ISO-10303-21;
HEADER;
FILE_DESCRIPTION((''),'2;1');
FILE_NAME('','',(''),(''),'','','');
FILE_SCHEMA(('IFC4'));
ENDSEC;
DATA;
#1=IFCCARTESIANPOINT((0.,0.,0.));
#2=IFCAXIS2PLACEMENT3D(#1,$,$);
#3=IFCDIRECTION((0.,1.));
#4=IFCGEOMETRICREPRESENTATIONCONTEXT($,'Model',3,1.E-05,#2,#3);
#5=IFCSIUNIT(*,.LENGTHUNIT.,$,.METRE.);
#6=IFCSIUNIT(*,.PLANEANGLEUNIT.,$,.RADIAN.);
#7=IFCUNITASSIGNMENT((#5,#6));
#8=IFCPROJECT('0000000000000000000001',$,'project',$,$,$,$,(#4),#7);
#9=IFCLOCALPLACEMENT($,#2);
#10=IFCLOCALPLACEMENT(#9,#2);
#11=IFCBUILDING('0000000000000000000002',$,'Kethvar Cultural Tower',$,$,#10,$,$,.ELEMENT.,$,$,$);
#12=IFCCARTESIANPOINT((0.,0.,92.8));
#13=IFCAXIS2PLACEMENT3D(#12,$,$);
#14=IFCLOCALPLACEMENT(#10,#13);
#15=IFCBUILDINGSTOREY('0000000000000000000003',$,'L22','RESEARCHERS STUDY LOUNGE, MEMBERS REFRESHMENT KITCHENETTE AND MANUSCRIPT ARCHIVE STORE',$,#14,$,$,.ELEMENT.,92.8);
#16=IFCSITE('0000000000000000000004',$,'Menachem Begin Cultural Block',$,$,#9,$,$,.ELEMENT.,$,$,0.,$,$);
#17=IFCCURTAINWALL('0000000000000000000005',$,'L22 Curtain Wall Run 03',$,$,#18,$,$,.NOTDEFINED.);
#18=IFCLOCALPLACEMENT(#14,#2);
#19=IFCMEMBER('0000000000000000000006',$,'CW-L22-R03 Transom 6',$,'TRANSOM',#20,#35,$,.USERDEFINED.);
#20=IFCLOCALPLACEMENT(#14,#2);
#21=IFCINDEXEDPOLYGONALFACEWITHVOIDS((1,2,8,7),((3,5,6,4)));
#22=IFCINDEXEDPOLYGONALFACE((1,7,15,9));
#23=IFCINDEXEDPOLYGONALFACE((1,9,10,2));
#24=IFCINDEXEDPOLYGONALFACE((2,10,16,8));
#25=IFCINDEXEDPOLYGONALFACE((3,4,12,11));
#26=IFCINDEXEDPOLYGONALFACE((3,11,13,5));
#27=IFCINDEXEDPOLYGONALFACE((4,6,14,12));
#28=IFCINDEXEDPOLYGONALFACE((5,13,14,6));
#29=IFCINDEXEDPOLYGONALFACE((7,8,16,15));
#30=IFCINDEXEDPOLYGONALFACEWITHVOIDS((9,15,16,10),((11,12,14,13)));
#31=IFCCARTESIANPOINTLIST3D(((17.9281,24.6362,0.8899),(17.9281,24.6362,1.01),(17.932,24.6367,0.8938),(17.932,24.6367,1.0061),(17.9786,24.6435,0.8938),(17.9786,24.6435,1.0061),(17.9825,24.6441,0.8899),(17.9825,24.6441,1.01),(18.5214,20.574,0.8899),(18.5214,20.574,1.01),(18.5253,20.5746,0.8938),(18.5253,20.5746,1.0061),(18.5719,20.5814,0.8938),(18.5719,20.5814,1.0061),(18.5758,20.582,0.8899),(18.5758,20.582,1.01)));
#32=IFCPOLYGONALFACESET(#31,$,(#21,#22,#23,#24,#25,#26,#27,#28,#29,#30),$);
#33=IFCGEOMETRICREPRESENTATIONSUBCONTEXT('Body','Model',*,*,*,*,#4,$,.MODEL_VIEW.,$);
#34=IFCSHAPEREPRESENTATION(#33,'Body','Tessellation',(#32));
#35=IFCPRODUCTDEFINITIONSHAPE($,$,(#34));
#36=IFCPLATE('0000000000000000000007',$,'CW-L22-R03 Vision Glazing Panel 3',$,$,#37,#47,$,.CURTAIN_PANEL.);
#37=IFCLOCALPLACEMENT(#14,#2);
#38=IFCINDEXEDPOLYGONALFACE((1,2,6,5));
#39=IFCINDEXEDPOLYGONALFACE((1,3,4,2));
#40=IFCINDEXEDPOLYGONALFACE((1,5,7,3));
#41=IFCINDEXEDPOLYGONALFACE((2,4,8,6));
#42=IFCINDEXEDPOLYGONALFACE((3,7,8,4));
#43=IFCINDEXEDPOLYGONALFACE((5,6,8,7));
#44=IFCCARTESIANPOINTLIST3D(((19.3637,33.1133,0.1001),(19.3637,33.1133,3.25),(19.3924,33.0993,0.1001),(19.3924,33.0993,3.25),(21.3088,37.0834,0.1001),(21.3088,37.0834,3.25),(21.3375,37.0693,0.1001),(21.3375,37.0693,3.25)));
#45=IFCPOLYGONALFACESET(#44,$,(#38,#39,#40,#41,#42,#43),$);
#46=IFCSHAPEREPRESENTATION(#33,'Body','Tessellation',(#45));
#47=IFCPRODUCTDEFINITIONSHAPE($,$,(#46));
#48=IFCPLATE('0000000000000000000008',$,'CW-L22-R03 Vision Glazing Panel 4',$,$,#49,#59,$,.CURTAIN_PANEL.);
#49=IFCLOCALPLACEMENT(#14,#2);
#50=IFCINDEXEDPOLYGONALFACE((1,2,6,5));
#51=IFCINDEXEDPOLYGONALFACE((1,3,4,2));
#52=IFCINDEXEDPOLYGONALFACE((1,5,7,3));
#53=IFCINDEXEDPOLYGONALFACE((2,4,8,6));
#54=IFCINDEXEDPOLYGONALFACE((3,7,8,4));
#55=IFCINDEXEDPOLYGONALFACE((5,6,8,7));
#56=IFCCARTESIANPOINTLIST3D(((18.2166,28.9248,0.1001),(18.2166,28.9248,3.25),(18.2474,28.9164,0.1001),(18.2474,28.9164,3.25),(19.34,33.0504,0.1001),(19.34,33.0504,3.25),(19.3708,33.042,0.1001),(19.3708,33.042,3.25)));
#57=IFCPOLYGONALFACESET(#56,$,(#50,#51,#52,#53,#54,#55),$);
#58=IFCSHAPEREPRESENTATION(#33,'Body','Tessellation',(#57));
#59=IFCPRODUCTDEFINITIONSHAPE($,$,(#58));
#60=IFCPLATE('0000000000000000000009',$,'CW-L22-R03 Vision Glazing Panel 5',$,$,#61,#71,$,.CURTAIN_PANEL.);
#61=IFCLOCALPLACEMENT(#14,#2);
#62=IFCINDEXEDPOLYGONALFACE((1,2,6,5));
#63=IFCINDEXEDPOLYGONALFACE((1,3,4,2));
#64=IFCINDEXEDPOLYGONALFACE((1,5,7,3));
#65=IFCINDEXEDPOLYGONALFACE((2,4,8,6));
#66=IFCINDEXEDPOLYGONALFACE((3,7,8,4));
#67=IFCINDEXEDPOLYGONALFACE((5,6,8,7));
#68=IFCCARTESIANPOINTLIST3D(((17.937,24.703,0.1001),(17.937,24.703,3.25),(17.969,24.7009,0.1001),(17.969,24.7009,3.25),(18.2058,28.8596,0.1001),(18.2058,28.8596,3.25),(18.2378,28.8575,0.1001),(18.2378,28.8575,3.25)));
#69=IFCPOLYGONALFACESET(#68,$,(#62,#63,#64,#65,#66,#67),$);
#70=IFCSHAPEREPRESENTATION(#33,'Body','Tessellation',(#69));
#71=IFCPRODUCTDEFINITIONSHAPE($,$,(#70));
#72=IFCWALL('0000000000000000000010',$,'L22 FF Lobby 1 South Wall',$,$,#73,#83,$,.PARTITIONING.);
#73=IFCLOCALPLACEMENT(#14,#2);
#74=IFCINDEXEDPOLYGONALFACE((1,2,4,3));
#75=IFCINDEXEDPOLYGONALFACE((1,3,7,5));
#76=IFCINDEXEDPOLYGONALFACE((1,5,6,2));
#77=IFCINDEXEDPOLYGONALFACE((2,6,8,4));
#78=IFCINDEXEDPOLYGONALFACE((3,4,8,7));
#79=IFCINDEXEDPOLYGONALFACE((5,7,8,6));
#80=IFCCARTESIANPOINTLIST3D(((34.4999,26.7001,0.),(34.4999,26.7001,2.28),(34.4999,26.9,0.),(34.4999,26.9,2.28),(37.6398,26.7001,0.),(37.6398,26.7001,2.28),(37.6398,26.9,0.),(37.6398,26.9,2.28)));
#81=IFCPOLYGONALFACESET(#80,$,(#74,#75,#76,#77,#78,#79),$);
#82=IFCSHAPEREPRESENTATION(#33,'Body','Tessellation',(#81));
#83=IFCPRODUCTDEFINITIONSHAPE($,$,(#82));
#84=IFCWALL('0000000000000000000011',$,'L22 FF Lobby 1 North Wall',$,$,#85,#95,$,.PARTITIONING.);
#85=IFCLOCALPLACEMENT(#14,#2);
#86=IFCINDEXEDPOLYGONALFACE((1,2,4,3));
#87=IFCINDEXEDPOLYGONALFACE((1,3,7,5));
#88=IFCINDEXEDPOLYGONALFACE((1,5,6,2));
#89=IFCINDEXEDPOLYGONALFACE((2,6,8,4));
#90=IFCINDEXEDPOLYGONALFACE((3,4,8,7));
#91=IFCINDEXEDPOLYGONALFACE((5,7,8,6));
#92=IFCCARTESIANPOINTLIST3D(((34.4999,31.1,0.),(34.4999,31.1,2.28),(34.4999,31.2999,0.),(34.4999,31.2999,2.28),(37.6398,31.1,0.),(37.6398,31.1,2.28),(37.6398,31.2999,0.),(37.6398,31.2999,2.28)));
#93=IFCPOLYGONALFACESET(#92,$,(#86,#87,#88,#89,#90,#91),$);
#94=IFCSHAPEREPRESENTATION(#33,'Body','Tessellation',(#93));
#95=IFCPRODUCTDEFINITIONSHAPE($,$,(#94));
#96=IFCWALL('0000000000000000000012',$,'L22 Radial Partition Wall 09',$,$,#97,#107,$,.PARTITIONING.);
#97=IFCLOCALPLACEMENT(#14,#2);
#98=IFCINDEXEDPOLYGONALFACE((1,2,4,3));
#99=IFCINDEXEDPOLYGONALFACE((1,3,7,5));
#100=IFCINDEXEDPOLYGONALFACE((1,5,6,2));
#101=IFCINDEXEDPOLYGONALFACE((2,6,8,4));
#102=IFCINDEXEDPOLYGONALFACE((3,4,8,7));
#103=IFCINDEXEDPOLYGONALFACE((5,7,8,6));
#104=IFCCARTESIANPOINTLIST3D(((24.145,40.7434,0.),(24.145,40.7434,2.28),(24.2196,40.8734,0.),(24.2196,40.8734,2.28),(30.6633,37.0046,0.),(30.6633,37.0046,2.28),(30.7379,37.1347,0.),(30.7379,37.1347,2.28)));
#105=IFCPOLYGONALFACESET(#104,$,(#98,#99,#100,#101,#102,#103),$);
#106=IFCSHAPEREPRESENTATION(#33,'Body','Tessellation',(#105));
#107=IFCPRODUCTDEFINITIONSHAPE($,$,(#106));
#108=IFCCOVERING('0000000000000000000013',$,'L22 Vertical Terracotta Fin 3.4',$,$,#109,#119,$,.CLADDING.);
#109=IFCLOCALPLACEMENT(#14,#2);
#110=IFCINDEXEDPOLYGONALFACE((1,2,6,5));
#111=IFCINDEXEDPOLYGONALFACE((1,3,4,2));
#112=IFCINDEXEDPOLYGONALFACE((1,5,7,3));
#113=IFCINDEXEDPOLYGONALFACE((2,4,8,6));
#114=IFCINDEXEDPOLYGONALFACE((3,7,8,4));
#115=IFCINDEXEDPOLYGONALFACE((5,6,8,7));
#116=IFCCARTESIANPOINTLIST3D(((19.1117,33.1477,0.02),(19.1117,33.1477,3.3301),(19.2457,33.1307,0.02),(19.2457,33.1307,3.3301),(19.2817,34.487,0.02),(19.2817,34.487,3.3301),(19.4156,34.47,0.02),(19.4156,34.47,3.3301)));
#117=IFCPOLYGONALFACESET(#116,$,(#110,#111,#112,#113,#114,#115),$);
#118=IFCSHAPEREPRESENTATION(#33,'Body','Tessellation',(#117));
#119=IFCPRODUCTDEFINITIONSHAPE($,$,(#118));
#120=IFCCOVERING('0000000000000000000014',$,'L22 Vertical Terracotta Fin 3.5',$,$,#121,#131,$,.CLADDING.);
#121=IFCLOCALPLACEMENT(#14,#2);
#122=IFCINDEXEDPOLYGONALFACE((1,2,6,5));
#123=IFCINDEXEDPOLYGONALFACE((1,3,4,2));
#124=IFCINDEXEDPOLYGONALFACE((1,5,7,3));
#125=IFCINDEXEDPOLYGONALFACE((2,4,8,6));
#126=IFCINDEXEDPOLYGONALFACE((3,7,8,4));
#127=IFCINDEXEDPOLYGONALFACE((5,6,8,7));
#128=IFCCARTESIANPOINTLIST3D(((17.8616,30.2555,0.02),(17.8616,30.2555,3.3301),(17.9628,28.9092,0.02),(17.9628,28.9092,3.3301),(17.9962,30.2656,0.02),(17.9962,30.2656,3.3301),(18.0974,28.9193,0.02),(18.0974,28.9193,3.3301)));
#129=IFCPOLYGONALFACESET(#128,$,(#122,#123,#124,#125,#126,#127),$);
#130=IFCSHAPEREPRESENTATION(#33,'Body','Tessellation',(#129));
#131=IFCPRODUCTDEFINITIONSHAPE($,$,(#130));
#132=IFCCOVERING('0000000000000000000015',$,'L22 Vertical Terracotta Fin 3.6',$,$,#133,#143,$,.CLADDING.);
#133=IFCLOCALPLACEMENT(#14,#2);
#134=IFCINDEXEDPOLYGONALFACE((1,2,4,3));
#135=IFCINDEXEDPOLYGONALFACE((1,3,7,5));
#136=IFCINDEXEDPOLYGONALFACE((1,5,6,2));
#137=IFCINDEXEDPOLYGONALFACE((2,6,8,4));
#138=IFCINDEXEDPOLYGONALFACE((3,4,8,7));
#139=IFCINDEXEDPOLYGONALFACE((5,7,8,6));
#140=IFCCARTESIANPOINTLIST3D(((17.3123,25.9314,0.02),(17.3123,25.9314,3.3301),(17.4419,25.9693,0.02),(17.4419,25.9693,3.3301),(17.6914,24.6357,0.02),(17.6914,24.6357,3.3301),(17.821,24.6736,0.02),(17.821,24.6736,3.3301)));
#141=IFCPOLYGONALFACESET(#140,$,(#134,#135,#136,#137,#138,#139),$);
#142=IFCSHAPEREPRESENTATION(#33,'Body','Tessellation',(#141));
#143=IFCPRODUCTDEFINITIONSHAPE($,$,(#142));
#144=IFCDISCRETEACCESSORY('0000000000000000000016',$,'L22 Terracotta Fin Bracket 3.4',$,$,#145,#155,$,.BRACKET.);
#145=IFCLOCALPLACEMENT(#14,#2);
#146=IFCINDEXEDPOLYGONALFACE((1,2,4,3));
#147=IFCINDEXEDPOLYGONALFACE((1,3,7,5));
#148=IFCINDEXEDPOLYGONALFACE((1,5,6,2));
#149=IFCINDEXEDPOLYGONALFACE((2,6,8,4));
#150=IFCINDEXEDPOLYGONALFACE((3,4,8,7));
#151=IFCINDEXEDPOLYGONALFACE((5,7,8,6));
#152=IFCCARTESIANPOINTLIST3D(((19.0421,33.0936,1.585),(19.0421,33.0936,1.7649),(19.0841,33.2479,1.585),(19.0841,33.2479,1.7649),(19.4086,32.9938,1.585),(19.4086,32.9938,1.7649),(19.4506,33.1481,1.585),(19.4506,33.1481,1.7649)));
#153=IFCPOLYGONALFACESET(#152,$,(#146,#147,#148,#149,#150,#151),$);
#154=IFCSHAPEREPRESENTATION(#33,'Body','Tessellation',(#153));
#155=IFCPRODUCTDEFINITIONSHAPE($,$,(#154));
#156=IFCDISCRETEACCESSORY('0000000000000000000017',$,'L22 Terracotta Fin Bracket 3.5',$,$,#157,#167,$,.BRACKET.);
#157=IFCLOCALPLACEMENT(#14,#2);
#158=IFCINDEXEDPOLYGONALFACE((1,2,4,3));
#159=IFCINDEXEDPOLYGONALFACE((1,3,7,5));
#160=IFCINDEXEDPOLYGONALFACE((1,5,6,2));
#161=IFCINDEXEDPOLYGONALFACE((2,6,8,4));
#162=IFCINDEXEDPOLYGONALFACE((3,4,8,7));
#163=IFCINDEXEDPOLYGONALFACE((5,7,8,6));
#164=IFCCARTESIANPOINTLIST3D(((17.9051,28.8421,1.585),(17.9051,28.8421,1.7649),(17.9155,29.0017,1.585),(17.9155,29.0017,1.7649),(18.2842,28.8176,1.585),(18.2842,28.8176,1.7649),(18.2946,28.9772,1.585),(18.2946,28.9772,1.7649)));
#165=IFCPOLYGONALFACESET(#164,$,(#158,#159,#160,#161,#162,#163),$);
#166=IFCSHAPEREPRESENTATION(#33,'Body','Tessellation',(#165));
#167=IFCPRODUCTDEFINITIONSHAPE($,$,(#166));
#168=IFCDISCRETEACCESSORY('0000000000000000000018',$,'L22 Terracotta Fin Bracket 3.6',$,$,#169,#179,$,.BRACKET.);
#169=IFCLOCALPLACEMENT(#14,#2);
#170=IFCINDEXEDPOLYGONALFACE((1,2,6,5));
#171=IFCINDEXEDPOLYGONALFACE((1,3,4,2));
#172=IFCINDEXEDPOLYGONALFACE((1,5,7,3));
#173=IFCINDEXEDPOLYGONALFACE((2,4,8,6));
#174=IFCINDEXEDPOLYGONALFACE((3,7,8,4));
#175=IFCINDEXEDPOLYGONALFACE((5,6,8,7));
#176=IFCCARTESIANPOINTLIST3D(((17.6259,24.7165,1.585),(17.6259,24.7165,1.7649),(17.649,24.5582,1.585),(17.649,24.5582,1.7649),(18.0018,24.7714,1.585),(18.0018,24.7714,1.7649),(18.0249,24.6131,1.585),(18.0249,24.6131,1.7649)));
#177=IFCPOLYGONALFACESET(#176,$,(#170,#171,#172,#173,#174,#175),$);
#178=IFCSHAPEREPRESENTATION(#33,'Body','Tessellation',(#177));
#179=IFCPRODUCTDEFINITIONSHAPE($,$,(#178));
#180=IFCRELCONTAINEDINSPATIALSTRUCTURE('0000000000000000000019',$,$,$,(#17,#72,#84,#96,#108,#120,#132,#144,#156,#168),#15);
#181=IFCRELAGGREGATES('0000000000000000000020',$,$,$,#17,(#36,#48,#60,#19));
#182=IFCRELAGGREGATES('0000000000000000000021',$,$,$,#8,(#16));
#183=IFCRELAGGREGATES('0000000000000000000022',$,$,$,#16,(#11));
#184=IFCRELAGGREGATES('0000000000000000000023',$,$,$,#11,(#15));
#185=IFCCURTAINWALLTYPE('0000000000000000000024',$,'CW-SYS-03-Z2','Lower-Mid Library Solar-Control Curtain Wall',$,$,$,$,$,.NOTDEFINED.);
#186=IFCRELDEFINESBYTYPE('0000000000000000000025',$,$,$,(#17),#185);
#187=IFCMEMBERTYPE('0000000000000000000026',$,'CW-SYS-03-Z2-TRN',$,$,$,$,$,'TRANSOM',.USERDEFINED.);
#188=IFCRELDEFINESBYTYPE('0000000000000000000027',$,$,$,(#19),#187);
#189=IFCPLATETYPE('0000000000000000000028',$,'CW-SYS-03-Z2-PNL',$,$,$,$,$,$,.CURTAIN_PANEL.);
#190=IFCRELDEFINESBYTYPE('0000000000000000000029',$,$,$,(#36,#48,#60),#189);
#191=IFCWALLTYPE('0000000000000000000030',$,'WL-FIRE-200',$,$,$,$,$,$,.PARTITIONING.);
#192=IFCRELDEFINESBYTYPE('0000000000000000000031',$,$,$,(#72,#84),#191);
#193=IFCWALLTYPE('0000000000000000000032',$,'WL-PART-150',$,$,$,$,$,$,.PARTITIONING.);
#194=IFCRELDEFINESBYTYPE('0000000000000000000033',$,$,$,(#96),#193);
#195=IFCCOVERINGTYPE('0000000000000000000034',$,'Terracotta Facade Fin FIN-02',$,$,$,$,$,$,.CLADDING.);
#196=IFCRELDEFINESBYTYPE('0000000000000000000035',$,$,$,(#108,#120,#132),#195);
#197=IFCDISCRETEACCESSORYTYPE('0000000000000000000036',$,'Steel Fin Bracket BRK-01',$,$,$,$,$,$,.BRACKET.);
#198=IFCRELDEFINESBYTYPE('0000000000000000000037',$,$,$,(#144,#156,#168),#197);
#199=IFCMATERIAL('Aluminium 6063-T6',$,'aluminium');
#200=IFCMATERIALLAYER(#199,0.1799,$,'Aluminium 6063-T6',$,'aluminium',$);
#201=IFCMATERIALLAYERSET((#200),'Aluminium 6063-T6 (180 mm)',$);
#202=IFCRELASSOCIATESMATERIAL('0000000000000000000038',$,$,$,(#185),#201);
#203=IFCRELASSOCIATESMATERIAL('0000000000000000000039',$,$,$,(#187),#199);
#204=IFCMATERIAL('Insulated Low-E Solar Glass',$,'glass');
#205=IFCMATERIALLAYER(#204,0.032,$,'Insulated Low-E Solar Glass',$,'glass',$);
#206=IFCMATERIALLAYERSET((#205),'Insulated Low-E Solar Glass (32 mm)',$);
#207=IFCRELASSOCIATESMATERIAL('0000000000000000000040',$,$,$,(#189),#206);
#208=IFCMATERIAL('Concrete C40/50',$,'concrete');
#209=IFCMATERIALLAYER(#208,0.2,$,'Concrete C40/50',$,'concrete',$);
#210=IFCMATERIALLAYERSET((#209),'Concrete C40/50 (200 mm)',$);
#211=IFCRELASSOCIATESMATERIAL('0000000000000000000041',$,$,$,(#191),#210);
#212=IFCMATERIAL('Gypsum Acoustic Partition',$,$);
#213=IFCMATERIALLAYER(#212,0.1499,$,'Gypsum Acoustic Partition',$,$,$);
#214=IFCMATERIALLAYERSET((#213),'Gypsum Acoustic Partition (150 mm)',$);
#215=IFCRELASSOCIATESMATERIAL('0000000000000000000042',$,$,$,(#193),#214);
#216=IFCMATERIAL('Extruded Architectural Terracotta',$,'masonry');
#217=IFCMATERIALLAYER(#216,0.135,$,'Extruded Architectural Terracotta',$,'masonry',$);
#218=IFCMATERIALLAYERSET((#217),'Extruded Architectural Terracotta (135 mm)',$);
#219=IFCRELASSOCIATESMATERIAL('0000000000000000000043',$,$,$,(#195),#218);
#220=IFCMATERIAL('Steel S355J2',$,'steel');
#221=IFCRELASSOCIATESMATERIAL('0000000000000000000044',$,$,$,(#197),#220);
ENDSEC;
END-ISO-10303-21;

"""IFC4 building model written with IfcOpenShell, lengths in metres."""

from ifc_helpers import new_model, si_unit, direction, frame, frame_2d, origin, origin_2d, place, context, subcontext, project, spatial, rectangle, hollow_rectangle, extrude, source, transform, mapped, material, layer, layer_set, material_profile, profile_set, type_object, element, aggregate, save


model = new_model("IFC4")

# Units and contexts
model_context = context("Model", 3, precision=1e-05, world=origin(), true_north=direction((0.0, 1.0)))
body_context = subcontext(model_context, "Body", "Model", "MODEL_VIEW")
ifc_project = project(units=[si_unit("LENGTHUNIT", "METRE"), si_unit("PLANEANGLEUNIT", "RADIAN")], contexts=[model_context])

# Site, building, storey
site_placement = place(None, origin())
site = spatial("IfcSite", under=ifc_project, at=site_placement, Name="Menachem Begin Cultural Block", CompositionType="ELEMENT", RefElevation=0.0)
building_placement = place(site_placement, origin())
building = spatial("IfcBuilding", under=site, at=building_placement, Name="Kethvar Cultural Tower", CompositionType="ELEMENT")
storey_placement = place(building_placement, frame((0.0, 0.0, 92.8)))
storey = spatial("IfcBuildingStorey", under=building, at=storey_placement, Name="L22", Description="RESEARCHERS STUDY LOUNGE, MEMBERS REFRESHMENT KITCHENETTE AND MANUSCRIPT ARCHIVE STORE", CompositionType="ELEMENT", Elevation=92.8)

# Shared definitions
ifc_material_1 = material(Name="Steel S355J2", Category="steel")

# Curtain wall, member, plates
ifc_material_2 = material(Name="Aluminium 6063-T6", Category="aluminium")
ifc_layer_1 = layer(ifc_material_2, 0.1799, Name="Aluminium 6063-T6", Category="aluminium")
ifc_layer_set_1 = layer_set([ifc_layer_1], Name="Aluminium 6063-T6 (180 mm)")
curtain_wall_type = type_object("IfcCurtainWallType", Name="CW-SYS-03-Z2", Description="Lower-Mid Library Solar-Control Curtain Wall", PredefinedType="NOTDEFINED", material=ifc_layer_set_1)
curtain_wall_placement = place(storey_placement, origin())
curtain_wall = element("IfcCurtainWall", 1, at=curtain_wall_placement, inside=storey, type_object=curtain_wall_type, Name="L22 Curtain Wall Run 03", PredefinedType="NOTDEFINED")
ifc_material_profile_1 = material_profile(ifc_material_2, hollow_rectangle(XDim=0.0549, YDim=0.1201, WallThickness=0.0039, at=origin_2d()), Name="Aluminium 6063-T6 — RHS120x55x4")
ifc_profile_set_1 = profile_set([ifc_material_profile_1], Name="Aluminium 6063-T6 — RHS120x55x4")
member_type_1 = type_object("IfcMemberType", Name="CW-SYS-03-Z2-TRN", ElementType="TRANSOM", PredefinedType="USERDEFINED", material=ifc_profile_set_1)
shared_shape_1 = source(origin(), body_context, "Body", "SweptSolid", [
    extrude(hollow_rectangle(XDim=0.0549, YDim=0.1201, WallThickness=0.0039, at=origin_2d()), origin(), (0.0, 0.0, 1.0), 4.1052),
])
member_1_placement = place(storey_placement, frame((17.9553, 24.6401, 0.95), z_axis=(0.144518, -0.989502, 0.0), x_axis=(0.989502, 0.144518, 0.0)))
member_1 = element("IfcMember", 2, at=member_1_placement, type_object=member_type_1, Name="CW-L22-R03 Transom 6", ObjectType="TRANSOM", PredefinedType="USERDEFINED", context=body_context, shape_type="MappedRepresentation", body=[
    mapped(shared_shape_1, transform((0.0, 0.0, 0.0), scale=1.0)),
])
ifc_material_3 = material(Name="Insulated Low-E Solar Glass", Category="glass")
ifc_layer_2 = layer(ifc_material_3, 0.032, Name="Insulated Low-E Solar Glass", Category="glass")
ifc_layer_set_2 = layer_set([ifc_layer_2], Name="Insulated Low-E Solar Glass (32 mm)")
plate_type = type_object("IfcPlateType", Name="CW-SYS-03-Z2-PNL", PredefinedType="CURTAIN_PANEL", material=ifc_layer_set_2)
shared_shape_2 = source(origin(), body_context, "Body", "SweptSolid", [
    extrude(rectangle(XDim=4.4209, YDim=0.032, at=origin_2d()), origin(), (0.0, 0.0, 1.0), 3.1499),
])
plate_1_placement = place(storey_placement, frame((20.3506, 35.0913, 0.1001), z_axis=(0.0, 0.0, 1.0), x_axis=(-0.439971, -0.898012, 0.0)))
plate_1 = element("IfcPlate", 3, at=plate_1_placement, type_object=plate_type, Name="CW-L22-R03 Vision Glazing Panel 3", PredefinedType="CURTAIN_PANEL", context=body_context, shape_type="MappedRepresentation", body=[
    mapped(shared_shape_2, transform((0.0, 0.0, 0.0), scale=1.0)),
])
shared_shape_3 = source(origin(), body_context, "Body", "SweptSolid", [
    extrude(rectangle(XDim=4.2759, YDim=0.032, at=origin_2d()), origin(), (0.0, 0.0, 1.0), 3.1499),
])
plate_2_placement = place(storey_placement, frame((18.7937, 30.9834, 0.1001), z_axis=(0.0, 0.0, 1.0), x_axis=(-0.262728, -0.96487, 0.0)))
plate_2 = element("IfcPlate", 4, at=plate_2_placement, type_object=plate_type, Name="CW-L22-R03 Vision Glazing Panel 4", PredefinedType="CURTAIN_PANEL", context=body_context, shape_type="MappedRepresentation", body=[
    mapped(shared_shape_3, transform((0.0, 0.0, 0.0), scale=1.0)),
])
shared_shape_4 = source(origin(), body_context, "Body", "SweptSolid", [
    extrude(rectangle(XDim=4.1653, YDim=0.032, at=origin_2d()), origin(), (0.0, 0.0, 1.0), 3.1499),
])
plate_3_placement = place(storey_placement, frame((18.0874, 26.7803, 0.1001), z_axis=(0.0, 0.0, 1.0), x_axis=(-0.064532, -0.997916, 0.0)))
plate_3 = element("IfcPlate", 5, at=plate_3_placement, type_object=plate_type, Name="CW-L22-R03 Vision Glazing Panel 5", PredefinedType="CURTAIN_PANEL", context=body_context, shape_type="MappedRepresentation", body=[
    mapped(shared_shape_4, transform((0.0, 0.0, 0.0), scale=1.0)),
])
aggregate(curtain_wall, [plate_1, plate_2, plate_3, member_1])

# Shared definitions
ifc_material_4 = material(Name="Concrete C40/50", Category="concrete")
ifc_layer_3 = layer(ifc_material_4, 0.2, Name="Concrete C40/50", Category="concrete")
ifc_layer_set_3 = layer_set([ifc_layer_3], Name="Concrete C40/50 (200 mm)")
wall_type_1 = type_object("IfcWallType", Name="WL-FIRE-200", PredefinedType="PARTITIONING", material=ifc_layer_set_3)

# Walls
for number, where, z_axis, x_axis, name in (
    (6, (34.5, 26.8, 0.0), (0.0, 0.0, 1.0), (1.0, 0.0, 0.0), "L22 FF Lobby 1 South Wall"),
    (7, (34.5, 31.2, 0.0), (0.0, 0.0, 1.0), (1.0, 0.0, 0.0), "L22 FF Lobby 1 North Wall"),
):
    element("IfcWall", number, at=place(storey_placement, frame(where, z_axis=z_axis, x_axis=x_axis)), inside=storey, type_object=wall_type_1, Name=name, PredefinedType="PARTITIONING", context=body_context, shape_type="SweptSolid", body=[
        extrude(rectangle(XDim=3.1399, YDim=0.2, at=frame_2d((1.5698, 0.0))), origin(), (0.0, 0.0, 1.0), 2.28),
    ])
ifc_material_5 = material(Name="Gypsum Acoustic Partition")
ifc_layer_4 = layer(ifc_material_5, 0.1499, Name="Gypsum Acoustic Partition")
ifc_layer_set_4 = layer_set([ifc_layer_4], Name="Gypsum Acoustic Partition (150 mm)")
wall_type_2 = type_object("IfcWallType", Name="WL-PART-150", PredefinedType="PARTITIONING", material=ifc_layer_set_4)
wall_1_placement = place(storey_placement, frame((30.7007, 37.0696, 0.0), z_axis=(0.0, 0.0, 1.0), x_axis=(-0.867438, 0.497545, 0.0)))
element("IfcWall", 8, at=wall_1_placement, inside=storey, type_object=wall_type_2, Name="L22 Radial Partition Wall 09", PredefinedType="PARTITIONING", context=body_context, shape_type="SweptSolid", body=[
    extrude(rectangle(XDim=7.5144, YDim=0.1499, at=frame_2d((3.7573, 0.0))), origin(), (0.0, 0.0, 1.0), 2.28),
])

# Coverings
ifc_material_6 = material(Name="Extruded Architectural Terracotta", Category="masonry")
ifc_layer_5 = layer(ifc_material_6, 0.135, Name="Extruded Architectural Terracotta", Category="masonry")
ifc_layer_set_5 = layer_set([ifc_layer_5], Name="Extruded Architectural Terracotta (135 mm)")
covering_type = type_object("IfcCoveringType", Name="Terracotta Facade Fin FIN-02", PredefinedType="CLADDING", material=ifc_layer_set_5)
shared_shape_5 = source(origin(), body_context, "Body", "SweptSolid", [
    extrude(rectangle(XDim=1.3501, YDim=0.135, at=origin_2d()), origin(), (0.0, 0.0, 1.0), 3.3101),
])
for number, where, z_axis, x_axis, name in (
    (9, (19.2637, 33.8088, 0.02), (0.0, 0.0, 1.0), (0.125853, 0.992049, 0.0), "L22 Vertical Terracotta Fin 3.4"),
    (10, (17.9795, 29.5874, 0.02), (0.0, 0.0, 1.0), (-0.074979, 0.997185, 0.0), "L22 Vertical Terracotta Fin 3.5"),
    (11, (17.5667, 25.3025, 0.02), (0.0, 0.0, 1.0), (-0.280834, 0.959756, 0.0), "L22 Vertical Terracotta Fin 3.6"),
):
    element("IfcCovering", number, at=place(storey_placement, frame(where, z_axis=z_axis, x_axis=x_axis)), inside=storey, type_object=covering_type, Name=name, PredefinedType="CLADDING", context=body_context, shape_type="MappedRepresentation", body=[
        mapped(shared_shape_5, transform((0.0, 0.0, 0.0), scale=1.0)),
    ])

# Discrete accessories
discrete_accessory_type = type_object("IfcDiscreteAccessoryType", Name="Steel Fin Bracket BRK-01", PredefinedType="BRACKET", material=ifc_material_1)
shared_shape_6 = source(origin(), body_context, "Body", "SweptSolid", [
    extrude(rectangle(XDim=0.3799, YDim=0.1599, at=origin_2d()), origin(), (0.0, 0.0, 1.0), 0.1799),
])
for number, where, z_axis, x_axis, name in (
    (12, (19.2463, 33.1208, 1.585), (0.0, 0.0, 1.0), (-0.964879, 0.262694, 0.0), "L22 Terracotta Fin Bracket 3.4"),
    (13, (18.0999, 28.9097, 1.585), (0.0, 0.0, 1.0), (-0.997916, 0.064532, 0.0), "L22 Terracotta Fin Bracket 3.5"),
    (14, (17.8254, 24.6648, 1.585), (0.0, 0.0, 1.0), (-0.989501, -0.144529, 0.0), "L22 Terracotta Fin Bracket 3.6"),
):
    element("IfcDiscreteAccessory", number, at=place(storey_placement, frame(where, z_axis=z_axis, x_axis=x_axis)), inside=storey, type_object=discrete_accessory_type, Name=name, PredefinedType="BRACKET", context=body_context, shape_type="MappedRepresentation", body=[
        mapped(shared_shape_6, transform((0.0, 0.0, 0.0), scale=1.0)),
    ])

save(model, "model.ifc")
